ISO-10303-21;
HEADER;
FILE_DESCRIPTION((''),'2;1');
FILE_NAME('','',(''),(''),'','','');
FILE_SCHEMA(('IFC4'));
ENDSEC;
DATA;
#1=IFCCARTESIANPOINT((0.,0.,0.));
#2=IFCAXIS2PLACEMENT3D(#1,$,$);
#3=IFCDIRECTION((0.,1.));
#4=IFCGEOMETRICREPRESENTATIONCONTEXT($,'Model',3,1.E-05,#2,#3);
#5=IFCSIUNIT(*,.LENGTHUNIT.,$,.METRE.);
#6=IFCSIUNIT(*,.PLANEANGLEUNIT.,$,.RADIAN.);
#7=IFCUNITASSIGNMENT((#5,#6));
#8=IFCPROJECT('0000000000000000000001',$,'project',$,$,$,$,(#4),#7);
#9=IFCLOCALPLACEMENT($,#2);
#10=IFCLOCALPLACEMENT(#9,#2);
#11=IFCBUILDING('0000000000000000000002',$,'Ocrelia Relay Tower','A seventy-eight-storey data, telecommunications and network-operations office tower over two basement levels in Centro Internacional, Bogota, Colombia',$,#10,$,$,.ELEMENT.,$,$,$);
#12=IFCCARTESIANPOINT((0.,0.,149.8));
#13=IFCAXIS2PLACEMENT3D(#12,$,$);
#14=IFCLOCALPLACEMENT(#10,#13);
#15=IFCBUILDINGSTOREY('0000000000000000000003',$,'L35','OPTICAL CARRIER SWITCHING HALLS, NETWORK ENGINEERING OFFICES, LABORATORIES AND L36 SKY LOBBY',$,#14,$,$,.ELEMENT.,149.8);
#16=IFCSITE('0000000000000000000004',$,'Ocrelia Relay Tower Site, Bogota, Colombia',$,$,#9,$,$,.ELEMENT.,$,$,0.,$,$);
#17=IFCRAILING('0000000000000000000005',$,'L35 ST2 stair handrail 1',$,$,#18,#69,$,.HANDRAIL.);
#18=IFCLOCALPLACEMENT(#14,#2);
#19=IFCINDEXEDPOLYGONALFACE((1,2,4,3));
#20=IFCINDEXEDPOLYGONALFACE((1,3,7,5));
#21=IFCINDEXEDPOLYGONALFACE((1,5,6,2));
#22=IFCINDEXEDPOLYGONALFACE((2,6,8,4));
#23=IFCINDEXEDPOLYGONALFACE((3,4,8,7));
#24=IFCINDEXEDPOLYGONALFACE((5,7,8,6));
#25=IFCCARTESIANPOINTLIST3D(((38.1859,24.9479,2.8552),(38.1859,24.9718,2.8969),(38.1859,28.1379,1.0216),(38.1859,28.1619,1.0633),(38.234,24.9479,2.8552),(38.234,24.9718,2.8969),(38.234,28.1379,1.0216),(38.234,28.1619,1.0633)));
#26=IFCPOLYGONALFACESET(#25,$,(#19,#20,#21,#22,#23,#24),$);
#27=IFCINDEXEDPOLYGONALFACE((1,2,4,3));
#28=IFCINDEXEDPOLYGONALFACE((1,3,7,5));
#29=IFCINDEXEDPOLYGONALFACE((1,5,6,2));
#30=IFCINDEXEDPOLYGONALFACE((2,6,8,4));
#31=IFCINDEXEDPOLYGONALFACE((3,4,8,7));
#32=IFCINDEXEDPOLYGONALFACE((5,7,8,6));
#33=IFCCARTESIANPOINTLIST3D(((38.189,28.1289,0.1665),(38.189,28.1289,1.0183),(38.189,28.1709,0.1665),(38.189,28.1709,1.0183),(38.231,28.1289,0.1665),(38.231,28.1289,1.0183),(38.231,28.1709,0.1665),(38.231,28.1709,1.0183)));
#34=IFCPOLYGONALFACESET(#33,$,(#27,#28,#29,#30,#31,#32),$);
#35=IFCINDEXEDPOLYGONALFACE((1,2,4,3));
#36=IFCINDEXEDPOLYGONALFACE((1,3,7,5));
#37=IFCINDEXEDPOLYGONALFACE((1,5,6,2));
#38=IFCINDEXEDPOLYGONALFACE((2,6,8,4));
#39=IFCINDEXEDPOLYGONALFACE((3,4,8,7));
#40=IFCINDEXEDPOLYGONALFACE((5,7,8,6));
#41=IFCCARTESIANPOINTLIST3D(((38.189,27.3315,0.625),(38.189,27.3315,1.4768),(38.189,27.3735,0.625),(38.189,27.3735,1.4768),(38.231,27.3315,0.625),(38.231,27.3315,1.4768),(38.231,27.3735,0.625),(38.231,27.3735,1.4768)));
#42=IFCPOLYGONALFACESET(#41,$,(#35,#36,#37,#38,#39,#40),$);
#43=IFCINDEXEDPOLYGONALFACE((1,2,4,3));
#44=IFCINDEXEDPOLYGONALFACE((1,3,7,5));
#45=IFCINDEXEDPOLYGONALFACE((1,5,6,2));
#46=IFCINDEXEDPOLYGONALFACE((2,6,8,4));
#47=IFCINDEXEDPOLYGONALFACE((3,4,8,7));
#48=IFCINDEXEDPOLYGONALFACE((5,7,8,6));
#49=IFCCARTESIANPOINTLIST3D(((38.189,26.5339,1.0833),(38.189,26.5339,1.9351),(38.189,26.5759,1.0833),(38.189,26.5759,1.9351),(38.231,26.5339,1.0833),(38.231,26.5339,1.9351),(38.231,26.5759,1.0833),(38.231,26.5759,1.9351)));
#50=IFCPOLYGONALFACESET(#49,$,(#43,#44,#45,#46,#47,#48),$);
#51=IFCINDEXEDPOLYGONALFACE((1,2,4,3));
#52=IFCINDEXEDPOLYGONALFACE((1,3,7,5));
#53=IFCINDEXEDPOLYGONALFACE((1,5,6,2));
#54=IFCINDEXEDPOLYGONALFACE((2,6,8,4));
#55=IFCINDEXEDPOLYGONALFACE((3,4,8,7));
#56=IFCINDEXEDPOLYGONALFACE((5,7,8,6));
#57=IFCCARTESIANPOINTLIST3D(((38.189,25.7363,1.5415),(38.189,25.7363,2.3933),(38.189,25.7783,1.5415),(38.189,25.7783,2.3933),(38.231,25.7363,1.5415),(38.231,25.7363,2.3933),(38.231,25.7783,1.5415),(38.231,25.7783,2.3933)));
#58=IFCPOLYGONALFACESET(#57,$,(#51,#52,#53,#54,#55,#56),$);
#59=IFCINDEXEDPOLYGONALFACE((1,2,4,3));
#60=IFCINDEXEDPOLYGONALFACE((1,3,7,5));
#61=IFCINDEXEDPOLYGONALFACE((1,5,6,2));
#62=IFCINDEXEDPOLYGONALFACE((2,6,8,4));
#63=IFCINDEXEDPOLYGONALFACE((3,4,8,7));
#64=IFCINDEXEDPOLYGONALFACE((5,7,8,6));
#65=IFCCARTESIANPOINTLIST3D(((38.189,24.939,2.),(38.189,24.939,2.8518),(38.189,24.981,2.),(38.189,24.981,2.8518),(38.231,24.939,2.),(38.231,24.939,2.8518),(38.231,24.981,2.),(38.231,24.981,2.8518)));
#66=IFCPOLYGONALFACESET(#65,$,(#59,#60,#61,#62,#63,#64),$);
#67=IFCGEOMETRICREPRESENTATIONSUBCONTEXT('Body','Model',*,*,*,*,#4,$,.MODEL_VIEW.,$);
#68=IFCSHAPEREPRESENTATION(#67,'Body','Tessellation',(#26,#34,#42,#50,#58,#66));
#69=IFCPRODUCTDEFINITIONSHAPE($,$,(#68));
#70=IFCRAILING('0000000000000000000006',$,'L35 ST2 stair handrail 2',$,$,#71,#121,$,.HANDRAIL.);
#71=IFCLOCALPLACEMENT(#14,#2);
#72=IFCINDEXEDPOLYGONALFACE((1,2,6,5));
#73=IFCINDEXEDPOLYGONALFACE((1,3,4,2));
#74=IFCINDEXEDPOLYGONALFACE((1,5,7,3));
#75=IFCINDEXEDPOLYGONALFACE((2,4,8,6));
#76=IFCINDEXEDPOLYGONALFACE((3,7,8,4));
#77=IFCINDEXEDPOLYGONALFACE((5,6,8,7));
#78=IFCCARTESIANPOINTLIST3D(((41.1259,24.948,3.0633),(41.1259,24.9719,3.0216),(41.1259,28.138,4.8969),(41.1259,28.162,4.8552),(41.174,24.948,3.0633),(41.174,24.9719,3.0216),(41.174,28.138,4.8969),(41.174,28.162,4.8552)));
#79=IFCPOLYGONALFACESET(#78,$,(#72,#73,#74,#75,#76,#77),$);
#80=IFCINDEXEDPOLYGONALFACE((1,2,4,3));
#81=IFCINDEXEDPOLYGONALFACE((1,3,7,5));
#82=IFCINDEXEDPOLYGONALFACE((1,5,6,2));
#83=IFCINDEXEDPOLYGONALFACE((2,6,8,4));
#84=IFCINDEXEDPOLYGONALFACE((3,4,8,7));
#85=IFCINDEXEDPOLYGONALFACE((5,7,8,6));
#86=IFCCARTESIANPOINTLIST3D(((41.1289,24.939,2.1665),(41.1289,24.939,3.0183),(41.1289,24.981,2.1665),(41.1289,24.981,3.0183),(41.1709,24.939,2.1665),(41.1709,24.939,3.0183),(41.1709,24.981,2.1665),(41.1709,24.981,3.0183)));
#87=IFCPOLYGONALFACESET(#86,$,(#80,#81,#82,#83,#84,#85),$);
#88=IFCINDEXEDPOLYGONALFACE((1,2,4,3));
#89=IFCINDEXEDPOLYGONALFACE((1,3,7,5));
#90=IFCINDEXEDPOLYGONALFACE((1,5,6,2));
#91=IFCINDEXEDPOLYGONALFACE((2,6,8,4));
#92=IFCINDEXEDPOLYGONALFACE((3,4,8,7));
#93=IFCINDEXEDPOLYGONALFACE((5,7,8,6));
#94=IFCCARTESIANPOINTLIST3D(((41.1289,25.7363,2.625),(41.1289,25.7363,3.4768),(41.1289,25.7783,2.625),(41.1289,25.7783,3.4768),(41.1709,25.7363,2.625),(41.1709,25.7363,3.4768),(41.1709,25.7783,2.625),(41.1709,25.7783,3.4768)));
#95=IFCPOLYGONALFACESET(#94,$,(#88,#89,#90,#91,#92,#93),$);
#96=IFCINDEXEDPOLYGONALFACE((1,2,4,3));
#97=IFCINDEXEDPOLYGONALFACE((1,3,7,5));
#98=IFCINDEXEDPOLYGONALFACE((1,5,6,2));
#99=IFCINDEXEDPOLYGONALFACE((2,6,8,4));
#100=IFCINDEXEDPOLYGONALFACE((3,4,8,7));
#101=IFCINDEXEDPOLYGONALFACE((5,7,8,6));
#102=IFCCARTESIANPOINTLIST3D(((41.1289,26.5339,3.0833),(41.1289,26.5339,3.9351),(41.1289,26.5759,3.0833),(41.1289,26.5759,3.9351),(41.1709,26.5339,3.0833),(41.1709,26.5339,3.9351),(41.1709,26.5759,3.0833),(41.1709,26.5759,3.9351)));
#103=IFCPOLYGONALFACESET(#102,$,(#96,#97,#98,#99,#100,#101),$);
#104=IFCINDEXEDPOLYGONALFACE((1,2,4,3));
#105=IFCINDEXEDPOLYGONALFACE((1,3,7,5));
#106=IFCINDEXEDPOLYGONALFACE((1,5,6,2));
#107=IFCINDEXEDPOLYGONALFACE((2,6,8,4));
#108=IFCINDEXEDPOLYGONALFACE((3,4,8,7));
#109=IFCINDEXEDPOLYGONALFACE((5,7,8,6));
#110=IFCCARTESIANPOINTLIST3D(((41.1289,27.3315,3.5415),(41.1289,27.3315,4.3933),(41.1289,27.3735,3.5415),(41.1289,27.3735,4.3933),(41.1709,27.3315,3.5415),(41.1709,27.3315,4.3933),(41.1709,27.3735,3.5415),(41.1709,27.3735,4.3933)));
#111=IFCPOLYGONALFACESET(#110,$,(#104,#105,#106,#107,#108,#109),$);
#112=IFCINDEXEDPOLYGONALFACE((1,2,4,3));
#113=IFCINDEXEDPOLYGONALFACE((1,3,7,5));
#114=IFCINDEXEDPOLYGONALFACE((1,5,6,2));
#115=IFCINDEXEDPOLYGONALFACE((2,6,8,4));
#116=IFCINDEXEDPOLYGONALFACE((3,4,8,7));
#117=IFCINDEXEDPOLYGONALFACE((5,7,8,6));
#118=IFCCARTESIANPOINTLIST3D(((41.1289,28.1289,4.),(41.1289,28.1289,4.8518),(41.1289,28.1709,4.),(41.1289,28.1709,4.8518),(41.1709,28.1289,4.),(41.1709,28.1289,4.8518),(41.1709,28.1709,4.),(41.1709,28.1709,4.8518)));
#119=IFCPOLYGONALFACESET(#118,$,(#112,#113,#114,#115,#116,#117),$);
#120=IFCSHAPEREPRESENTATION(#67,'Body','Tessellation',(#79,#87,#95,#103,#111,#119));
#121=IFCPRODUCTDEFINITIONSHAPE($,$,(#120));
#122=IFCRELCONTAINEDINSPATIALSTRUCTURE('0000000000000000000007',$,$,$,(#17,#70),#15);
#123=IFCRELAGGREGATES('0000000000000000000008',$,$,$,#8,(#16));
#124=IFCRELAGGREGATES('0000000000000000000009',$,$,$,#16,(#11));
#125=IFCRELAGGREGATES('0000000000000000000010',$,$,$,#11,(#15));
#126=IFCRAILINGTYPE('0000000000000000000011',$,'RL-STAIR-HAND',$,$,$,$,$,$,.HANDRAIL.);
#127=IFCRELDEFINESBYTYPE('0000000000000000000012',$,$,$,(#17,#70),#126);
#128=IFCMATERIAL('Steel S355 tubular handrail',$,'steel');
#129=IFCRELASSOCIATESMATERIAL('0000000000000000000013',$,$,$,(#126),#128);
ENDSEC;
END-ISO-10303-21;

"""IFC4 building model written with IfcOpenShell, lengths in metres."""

from ifc_helpers import new_model, si_unit, direction, frame, origin, origin_2d, place, context, subcontext, project, spatial, rectangle, extrude, material, type_object, element, save


model = new_model("IFC4")

# Units and contexts
model_context = context("Model", 3, precision=1e-05, world=origin(), true_north=direction((0.0, 1.0)))
body_context = subcontext(model_context, "Body", "Model", "MODEL_VIEW")
ifc_project = project(units=[si_unit("LENGTHUNIT", "METRE"), si_unit("PLANEANGLEUNIT", "RADIAN")], contexts=[model_context])

# Site, building, storey
site_placement = place(None, origin())
site = spatial("IfcSite", under=ifc_project, at=site_placement, Name="Ocrelia Relay Tower Site, Bogota, Colombia", CompositionType="ELEMENT", RefElevation=0.0)
building_placement = place(site_placement, origin())
building = spatial("IfcBuilding", under=site, at=building_placement, Name="Ocrelia Relay Tower", Description="A seventy-eight-storey data, telecommunications and network-operations office tower over two basement levels in Centro Internacional, Bogota, Colombia", CompositionType="ELEMENT")
storey_placement = place(building_placement, frame((0.0, 0.0, 149.8)))
storey = spatial("IfcBuildingStorey", under=building, at=storey_placement, Name="L35", Description="OPTICAL CARRIER SWITCHING HALLS, NETWORK ENGINEERING OFFICES, LABORATORIES AND L36 SKY LOBBY", CompositionType="ELEMENT", Elevation=149.8)

# Railings
ifc_material_1 = material(Name="Steel S355 tubular handrail", Category="steel")
railing_type_1 = type_object("IfcRailingType", Name="RL-STAIR-HAND", PredefinedType="HANDRAIL", material=ifc_material_1)
railing_1_placement = place(storey_placement, frame((38.21, 28.1499, 0.1665)))
element("IfcRailing", 1, at=railing_1_placement, inside=storey, type_object=railing_type_1, Name="L35 ST2 stair handrail 1", PredefinedType="HANDRAIL", context=body_context, shape_type="SweptSolid", body=[
    extrude(rectangle(XDim=0.0481, YDim=0.0481, at=origin_2d()), frame((0.0, 0.0, 0.876), z_axis=(0.0, -0.866991, 0.498324), x_axis=(1.0, 0.0, 0.0)), (0.0, 0.0, 1.0), 3.6794),
    extrude(rectangle(XDim=0.042, YDim=0.042, at=origin_2d()), origin(), (0.0, 0.0, 1.0), 0.8518),
    extrude(rectangle(XDim=0.042, YDim=0.042, at=origin_2d()), frame((0.0, -0.7974, 0.4585)), (0.0, 0.0, 1.0), 0.8518),
    extrude(rectangle(XDim=0.042, YDim=0.042, at=origin_2d()), frame((0.0, -1.595, 0.9167)), (0.0, 0.0, 1.0), 0.8518),
    extrude(rectangle(XDim=0.042, YDim=0.042, at=origin_2d()), frame((0.0, -2.3926, 1.375)), (0.0, 0.0, 1.0), 0.8518),
    extrude(rectangle(XDim=0.042, YDim=0.042, at=origin_2d()), frame((0.0, -3.1899, 1.8335)), (0.0, 0.0, 1.0), 0.8518),
])
railing_2_placement = place(storey_placement, frame((41.1499, 24.96, 2.1665)))
element("IfcRailing", 2, at=railing_2_placement, inside=storey, type_object=railing_type_1, Name="L35 ST2 stair handrail 2", PredefinedType="HANDRAIL", context=body_context, shape_type="SweptSolid", body=[
    extrude(rectangle(XDim=0.0481, YDim=0.0481, at=origin_2d()), frame((0.0, 0.0, 0.876), z_axis=(0.0, 0.866991, 0.498324), x_axis=(-1.0, 0.0, 0.0)), (0.0, 0.0, 1.0), 3.6794),
    extrude(rectangle(XDim=0.042, YDim=0.042, at=origin_2d()), origin(), (0.0, 0.0, 1.0), 0.8518),
    extrude(rectangle(XDim=0.042, YDim=0.042, at=origin_2d()), frame((0.0, 0.7974, 0.4585)), (0.0, 0.0, 1.0), 0.8518),
    extrude(rectangle(XDim=0.042, YDim=0.042, at=origin_2d()), frame((0.0, 1.595, 0.9167)), (0.0, 0.0, 1.0), 0.8518),
    extrude(rectangle(XDim=0.042, YDim=0.042, at=origin_2d()), frame((0.0, 2.3926, 1.375)), (0.0, 0.0, 1.0), 0.8518),
    extrude(rectangle(XDim=0.042, YDim=0.042, at=origin_2d()), frame((0.0, 3.1899, 1.8335)), (0.0, 0.0, 1.0), 0.8518),
])

save(model, "model.ifc")
